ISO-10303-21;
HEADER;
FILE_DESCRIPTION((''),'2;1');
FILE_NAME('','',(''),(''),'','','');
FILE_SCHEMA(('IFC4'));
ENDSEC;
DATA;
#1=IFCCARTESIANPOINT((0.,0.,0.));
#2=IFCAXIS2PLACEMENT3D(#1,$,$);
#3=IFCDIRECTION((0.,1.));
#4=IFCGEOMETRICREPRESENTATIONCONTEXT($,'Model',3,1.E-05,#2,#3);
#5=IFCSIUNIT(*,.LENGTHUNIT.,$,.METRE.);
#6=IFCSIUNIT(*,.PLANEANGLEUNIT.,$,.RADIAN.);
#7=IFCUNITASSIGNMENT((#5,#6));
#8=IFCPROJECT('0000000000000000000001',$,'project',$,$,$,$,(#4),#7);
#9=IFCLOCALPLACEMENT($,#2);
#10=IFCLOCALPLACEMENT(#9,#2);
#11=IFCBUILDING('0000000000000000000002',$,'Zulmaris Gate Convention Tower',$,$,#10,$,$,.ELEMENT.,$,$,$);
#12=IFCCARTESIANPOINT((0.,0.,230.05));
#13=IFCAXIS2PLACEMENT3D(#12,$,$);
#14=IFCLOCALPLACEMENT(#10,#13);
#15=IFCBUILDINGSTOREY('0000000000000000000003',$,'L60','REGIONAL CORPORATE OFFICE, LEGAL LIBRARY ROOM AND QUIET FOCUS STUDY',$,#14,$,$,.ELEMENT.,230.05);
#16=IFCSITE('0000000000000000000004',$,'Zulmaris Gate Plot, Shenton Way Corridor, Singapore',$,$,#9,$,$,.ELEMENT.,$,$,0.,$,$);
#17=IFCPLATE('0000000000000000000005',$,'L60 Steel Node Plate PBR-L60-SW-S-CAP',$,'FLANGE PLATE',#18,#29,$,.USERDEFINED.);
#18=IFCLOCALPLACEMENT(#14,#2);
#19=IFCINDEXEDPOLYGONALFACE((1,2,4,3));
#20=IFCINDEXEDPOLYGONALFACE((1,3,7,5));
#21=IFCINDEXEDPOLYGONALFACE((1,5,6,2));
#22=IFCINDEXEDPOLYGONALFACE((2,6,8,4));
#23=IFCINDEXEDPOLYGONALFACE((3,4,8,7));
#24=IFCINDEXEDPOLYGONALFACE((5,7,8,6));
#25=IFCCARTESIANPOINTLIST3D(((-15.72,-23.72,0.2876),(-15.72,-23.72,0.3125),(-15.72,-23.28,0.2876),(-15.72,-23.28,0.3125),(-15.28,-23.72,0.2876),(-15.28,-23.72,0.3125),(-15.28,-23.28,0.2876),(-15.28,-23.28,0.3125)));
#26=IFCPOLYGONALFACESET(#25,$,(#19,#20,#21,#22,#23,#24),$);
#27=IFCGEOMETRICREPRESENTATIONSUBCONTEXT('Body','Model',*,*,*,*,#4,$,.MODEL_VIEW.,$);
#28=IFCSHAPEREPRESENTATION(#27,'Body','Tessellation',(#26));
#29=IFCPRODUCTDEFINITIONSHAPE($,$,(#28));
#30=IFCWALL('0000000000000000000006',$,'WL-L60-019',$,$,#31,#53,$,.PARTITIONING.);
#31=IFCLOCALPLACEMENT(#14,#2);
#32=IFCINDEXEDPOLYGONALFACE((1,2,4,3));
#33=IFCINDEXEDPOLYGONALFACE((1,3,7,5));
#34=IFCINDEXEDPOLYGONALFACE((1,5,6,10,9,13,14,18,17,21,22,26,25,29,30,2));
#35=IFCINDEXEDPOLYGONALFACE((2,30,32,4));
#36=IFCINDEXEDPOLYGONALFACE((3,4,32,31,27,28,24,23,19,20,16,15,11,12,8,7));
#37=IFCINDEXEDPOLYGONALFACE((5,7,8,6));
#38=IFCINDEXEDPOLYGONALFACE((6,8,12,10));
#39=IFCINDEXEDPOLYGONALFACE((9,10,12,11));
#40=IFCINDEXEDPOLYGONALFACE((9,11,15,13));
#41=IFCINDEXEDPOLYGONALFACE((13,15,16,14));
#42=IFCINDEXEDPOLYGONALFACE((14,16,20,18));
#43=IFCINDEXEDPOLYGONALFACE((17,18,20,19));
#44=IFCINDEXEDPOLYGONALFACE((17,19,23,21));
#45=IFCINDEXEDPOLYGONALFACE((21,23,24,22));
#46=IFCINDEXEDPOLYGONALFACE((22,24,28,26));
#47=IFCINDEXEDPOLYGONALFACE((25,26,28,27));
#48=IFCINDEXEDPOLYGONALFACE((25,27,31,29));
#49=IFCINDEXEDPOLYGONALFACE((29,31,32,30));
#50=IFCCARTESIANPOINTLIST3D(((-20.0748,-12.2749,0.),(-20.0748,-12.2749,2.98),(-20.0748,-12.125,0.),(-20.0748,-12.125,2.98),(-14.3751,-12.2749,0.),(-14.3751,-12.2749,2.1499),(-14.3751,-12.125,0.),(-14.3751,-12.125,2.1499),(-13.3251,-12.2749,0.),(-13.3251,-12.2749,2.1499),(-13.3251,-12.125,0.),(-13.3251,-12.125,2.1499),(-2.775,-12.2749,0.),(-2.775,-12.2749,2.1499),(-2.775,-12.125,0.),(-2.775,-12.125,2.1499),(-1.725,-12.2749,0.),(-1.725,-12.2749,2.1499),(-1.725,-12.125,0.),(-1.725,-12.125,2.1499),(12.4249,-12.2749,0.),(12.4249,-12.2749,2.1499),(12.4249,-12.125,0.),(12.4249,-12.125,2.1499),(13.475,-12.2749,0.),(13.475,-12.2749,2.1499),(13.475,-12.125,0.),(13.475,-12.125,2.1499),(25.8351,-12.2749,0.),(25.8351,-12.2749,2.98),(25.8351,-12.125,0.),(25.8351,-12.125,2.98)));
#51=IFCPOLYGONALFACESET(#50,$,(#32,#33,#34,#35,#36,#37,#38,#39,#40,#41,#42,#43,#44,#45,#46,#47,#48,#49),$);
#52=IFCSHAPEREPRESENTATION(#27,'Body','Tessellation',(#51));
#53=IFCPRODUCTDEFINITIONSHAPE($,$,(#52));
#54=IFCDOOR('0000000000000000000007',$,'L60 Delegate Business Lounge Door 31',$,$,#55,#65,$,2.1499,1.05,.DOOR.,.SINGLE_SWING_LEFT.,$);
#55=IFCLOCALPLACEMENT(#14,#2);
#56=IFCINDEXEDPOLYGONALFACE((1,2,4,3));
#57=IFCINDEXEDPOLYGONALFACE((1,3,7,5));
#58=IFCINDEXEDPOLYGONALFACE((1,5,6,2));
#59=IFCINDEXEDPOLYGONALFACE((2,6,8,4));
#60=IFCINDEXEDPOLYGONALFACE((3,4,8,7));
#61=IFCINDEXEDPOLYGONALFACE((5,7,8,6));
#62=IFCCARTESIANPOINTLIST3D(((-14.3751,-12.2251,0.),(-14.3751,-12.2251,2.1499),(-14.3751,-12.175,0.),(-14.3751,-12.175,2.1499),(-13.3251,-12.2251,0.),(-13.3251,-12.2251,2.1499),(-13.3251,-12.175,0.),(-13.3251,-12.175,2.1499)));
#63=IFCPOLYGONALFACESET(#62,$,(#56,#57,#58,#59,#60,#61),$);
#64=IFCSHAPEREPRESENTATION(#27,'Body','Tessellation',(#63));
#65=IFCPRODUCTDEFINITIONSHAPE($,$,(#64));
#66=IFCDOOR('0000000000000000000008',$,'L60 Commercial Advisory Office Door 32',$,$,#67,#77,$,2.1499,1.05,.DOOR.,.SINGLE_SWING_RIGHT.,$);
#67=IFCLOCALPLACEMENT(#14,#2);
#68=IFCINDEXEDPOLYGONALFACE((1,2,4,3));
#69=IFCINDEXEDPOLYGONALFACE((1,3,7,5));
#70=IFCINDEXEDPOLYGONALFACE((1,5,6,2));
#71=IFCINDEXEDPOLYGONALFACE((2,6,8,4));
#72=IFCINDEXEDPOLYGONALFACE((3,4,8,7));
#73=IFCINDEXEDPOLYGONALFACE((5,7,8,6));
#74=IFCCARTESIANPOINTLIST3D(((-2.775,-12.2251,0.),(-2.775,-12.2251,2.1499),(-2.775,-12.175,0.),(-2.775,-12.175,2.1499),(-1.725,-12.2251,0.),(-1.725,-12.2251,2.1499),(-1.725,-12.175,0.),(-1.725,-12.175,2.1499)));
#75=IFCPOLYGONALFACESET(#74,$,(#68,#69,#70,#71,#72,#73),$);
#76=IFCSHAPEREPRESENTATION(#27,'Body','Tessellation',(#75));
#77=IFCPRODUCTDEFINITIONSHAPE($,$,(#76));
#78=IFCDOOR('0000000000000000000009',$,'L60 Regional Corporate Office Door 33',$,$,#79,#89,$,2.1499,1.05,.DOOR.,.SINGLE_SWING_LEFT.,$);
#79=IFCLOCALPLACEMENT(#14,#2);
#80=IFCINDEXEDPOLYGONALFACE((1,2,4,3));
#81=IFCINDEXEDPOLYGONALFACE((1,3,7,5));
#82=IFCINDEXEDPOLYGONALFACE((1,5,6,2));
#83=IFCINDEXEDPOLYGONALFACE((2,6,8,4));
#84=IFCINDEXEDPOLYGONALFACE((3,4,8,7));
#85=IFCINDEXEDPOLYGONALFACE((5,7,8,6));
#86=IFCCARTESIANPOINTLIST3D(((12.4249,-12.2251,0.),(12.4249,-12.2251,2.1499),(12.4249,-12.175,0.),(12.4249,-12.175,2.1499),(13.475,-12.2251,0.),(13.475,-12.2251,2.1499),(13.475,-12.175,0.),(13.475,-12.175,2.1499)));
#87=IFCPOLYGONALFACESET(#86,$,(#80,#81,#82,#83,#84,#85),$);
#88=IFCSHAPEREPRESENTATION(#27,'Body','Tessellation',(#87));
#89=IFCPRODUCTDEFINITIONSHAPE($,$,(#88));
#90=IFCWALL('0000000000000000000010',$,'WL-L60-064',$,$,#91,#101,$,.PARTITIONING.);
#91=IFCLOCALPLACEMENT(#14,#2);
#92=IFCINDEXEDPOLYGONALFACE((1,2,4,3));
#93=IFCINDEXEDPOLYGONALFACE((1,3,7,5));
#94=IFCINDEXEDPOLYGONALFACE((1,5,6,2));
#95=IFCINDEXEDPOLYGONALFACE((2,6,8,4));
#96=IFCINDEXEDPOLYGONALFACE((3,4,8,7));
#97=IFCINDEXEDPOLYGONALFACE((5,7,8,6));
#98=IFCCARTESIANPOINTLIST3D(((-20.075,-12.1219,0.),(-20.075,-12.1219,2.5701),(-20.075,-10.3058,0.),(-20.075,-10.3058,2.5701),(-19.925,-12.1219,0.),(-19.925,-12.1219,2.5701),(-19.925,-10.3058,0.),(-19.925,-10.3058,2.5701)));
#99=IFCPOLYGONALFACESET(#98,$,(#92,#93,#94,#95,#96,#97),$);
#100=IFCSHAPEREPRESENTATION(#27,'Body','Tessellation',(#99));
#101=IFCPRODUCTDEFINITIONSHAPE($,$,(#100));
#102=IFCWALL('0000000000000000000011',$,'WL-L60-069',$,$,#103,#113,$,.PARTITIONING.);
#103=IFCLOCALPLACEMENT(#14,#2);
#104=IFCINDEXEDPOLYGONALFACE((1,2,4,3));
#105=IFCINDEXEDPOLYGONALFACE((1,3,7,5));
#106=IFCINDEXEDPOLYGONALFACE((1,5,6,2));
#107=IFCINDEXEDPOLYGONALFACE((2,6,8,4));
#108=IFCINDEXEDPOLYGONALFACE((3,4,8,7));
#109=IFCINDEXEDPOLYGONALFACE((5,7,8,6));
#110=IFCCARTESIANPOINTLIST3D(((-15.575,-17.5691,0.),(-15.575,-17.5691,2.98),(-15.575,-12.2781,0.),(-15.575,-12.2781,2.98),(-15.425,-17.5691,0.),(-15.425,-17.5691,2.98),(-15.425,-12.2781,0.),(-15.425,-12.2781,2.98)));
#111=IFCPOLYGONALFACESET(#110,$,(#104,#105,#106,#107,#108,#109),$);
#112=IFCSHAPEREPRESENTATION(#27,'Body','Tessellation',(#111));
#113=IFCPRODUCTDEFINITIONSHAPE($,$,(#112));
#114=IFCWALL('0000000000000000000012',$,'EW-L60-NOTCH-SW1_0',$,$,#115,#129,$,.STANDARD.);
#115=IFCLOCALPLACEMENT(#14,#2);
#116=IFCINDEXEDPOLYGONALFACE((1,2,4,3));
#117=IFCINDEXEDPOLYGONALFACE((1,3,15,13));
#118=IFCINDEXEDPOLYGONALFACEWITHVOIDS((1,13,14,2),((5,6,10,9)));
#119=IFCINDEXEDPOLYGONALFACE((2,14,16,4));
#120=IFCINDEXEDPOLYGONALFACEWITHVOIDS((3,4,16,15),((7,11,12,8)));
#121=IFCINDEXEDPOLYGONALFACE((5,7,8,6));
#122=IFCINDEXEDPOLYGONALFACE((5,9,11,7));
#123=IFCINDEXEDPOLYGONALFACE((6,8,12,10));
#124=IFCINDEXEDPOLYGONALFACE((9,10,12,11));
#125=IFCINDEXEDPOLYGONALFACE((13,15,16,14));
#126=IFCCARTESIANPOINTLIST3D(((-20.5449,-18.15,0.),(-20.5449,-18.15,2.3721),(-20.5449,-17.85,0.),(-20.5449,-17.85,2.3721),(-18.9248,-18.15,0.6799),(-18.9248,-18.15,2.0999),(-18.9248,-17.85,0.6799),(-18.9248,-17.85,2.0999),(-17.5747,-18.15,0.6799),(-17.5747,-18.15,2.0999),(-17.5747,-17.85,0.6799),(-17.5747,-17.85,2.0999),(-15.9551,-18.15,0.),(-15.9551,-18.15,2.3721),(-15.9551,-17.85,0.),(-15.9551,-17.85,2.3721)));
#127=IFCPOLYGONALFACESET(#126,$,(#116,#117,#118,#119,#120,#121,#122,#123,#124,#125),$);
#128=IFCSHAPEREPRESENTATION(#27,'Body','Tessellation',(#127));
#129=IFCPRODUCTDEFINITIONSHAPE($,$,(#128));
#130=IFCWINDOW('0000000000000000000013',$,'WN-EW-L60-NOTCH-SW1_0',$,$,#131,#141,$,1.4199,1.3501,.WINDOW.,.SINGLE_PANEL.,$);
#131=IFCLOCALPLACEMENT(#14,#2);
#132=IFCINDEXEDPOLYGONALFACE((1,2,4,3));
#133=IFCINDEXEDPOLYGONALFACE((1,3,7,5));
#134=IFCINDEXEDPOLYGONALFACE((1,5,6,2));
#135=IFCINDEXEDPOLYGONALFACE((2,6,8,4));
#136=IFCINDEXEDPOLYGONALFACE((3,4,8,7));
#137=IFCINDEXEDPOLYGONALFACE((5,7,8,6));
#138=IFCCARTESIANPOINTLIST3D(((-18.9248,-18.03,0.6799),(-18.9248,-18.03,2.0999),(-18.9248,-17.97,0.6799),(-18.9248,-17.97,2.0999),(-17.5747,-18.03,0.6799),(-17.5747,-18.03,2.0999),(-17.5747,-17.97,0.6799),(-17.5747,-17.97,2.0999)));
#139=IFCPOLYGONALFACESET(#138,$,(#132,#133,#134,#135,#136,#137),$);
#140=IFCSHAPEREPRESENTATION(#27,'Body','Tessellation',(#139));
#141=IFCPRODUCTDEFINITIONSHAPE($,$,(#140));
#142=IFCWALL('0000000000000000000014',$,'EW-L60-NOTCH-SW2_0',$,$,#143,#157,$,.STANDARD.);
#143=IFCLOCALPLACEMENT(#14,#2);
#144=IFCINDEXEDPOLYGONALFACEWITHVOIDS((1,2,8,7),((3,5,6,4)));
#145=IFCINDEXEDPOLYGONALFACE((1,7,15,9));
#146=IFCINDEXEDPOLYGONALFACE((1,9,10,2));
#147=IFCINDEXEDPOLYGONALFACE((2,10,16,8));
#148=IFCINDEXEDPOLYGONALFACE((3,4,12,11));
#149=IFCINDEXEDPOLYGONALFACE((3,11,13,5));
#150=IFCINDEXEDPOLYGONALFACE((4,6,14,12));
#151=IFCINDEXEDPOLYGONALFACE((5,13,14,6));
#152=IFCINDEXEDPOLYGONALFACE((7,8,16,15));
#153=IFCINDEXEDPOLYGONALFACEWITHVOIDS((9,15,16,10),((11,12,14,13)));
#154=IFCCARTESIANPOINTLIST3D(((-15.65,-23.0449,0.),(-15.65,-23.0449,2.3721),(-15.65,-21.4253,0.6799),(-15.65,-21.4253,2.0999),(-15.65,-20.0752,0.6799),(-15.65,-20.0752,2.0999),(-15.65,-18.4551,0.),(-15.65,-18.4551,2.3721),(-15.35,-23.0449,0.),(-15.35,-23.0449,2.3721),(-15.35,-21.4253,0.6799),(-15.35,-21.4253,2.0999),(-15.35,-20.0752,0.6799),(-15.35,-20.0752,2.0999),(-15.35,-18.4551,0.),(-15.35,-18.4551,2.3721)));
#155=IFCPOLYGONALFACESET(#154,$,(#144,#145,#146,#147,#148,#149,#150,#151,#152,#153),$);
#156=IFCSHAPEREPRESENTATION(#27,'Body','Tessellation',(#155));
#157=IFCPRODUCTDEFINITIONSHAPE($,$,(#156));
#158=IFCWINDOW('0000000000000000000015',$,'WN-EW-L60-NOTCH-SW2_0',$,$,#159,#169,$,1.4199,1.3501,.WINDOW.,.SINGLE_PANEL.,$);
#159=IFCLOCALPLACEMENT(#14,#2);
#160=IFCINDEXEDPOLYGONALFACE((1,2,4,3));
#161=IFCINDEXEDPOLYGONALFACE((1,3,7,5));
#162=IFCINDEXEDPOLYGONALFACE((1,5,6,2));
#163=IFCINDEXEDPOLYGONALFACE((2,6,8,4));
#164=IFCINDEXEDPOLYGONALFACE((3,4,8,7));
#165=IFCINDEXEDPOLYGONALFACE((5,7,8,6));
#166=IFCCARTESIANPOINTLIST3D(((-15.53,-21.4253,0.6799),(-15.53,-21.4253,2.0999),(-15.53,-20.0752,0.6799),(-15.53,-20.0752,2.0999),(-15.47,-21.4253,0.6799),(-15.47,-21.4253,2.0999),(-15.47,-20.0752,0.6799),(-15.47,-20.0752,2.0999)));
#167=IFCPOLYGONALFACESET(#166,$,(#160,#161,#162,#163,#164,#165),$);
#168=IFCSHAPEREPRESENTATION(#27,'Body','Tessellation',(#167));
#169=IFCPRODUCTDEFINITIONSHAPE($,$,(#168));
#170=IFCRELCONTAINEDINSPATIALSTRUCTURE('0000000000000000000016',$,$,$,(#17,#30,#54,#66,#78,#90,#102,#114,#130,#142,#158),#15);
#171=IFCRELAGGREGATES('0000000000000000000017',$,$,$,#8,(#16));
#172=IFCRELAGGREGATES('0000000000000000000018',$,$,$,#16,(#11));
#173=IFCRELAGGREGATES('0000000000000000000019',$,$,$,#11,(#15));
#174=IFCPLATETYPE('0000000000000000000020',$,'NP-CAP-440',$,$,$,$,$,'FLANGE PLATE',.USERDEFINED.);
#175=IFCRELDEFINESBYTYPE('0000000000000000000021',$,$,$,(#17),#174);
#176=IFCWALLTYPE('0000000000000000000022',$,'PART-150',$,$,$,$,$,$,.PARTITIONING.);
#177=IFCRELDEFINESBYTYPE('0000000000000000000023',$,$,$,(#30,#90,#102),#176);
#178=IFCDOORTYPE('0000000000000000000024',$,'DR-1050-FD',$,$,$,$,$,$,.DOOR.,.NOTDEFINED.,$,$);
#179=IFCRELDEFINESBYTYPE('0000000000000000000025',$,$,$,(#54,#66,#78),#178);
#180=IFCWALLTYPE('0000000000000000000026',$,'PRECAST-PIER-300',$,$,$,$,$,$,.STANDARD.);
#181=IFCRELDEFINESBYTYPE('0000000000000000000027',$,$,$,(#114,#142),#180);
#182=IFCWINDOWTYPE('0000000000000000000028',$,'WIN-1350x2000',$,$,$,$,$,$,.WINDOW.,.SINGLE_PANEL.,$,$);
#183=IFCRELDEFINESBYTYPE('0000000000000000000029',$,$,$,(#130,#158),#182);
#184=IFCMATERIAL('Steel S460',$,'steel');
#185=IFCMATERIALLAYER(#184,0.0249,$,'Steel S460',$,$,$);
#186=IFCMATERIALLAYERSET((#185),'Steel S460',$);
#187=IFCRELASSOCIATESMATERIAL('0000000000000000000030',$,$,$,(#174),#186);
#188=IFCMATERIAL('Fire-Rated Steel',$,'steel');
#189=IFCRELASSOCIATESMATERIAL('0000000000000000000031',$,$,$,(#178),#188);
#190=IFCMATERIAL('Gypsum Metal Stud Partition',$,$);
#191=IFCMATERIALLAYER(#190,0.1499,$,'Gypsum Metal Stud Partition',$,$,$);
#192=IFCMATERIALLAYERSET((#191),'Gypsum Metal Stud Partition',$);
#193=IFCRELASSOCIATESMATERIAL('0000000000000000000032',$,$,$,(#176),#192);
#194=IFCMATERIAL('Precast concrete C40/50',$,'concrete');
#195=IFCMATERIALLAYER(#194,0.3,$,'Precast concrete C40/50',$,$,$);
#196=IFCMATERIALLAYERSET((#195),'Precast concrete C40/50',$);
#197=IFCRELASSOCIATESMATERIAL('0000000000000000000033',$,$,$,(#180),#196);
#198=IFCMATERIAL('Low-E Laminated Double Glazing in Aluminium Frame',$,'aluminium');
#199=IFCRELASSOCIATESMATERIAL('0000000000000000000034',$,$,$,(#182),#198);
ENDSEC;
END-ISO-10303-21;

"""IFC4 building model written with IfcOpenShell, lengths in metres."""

from ifc_helpers import new_model, si_unit, direction, frame, frame_2d, origin, origin_2d, place, context, subcontext, project, spatial, rectangle, extrude, material, layer, layer_set, type_object, element, fill, save


model = new_model("IFC4")

# Units and contexts
model_context = context("Model", 3, precision=1e-05, world=origin(), true_north=direction((0.0, 1.0)))
body_context = subcontext(model_context, "Body", "Model", "MODEL_VIEW")
ifc_project = project(units=[si_unit("LENGTHUNIT", "METRE"), si_unit("PLANEANGLEUNIT", "RADIAN")], contexts=[model_context])

# Site, building, storey
site_placement = place(None, origin())
site = spatial("IfcSite", under=ifc_project, at=site_placement, Name="Zulmaris Gate Plot, Shenton Way Corridor, Singapore", CompositionType="ELEMENT", RefElevation=0.0)
building_placement = place(site_placement, origin())
building = spatial("IfcBuilding", under=site, at=building_placement, Name="Zulmaris Gate Convention Tower", CompositionType="ELEMENT")
storey_placement = place(building_placement, frame((0.0, 0.0, 230.05)))
storey = spatial("IfcBuildingStorey", under=building, at=storey_placement, Name="L60", Description="REGIONAL CORPORATE OFFICE, LEGAL LIBRARY ROOM AND QUIET FOCUS STUDY", CompositionType="ELEMENT", Elevation=230.05)

# Plate
ifc_material_1 = material(Name="Steel S460", Category="steel")
ifc_layer_1 = layer(ifc_material_1, 0.0249, Name="Steel S460")
ifc_layer_set_1 = layer_set([ifc_layer_1], Name="Steel S460")
plate_type = type_object("IfcPlateType", Name="NP-CAP-440", ElementType="FLANGE PLATE", PredefinedType="USERDEFINED", material=ifc_layer_set_1)
for number, where, z_axis, x_axis, name in (
    (1, (-15.5, -23.5, 0.2876), (0.0, 0.0, 1.0), (1.0, 0.0, 0.0), "L60 Steel Node Plate PBR-L60-SW-S-CAP"),
):
    element("IfcPlate", number, at=place(storey_placement, frame(where, z_axis=z_axis, x_axis=x_axis)), inside=storey, type_object=plate_type, Name=name, ObjectType="FLANGE PLATE", PredefinedType="USERDEFINED", context=body_context, shape_type="SweptSolid", body=[
        extrude(rectangle(XDim=0.4399, YDim=0.4399, at=origin_2d()), origin(), (0.0, 0.0, 1.0), 0.0249),
    ])

# Shared definitions
ifc_material_2 = material(Name="Fire-Rated Steel", Category="steel")
door_type = type_object("IfcDoorType", Name="DR-1050-FD", OperationType="NOTDEFINED", PredefinedType="DOOR", material=ifc_material_2)

# Wall, openings, doors
ifc_material_3 = material(Name="Gypsum Metal Stud Partition")
ifc_layer_2 = layer(ifc_material_3, 0.1499, Name="Gypsum Metal Stud Partition")
ifc_layer_set_2 = layer_set([ifc_layer_2], Name="Gypsum Metal Stud Partition")
wall_type_1 = type_object("IfcWallType", Name="PART-150", PredefinedType="PARTITIONING", material=ifc_layer_set_2)
wall_1_placement = place(storey_placement, frame((-20.075, -12.2, 0.0), z_axis=(0.0, 0.0, 1.0), x_axis=(1.0, 0.0, 0.0)))
wall_1 = element("IfcWall", 2, at=wall_1_placement, inside=storey, type_object=wall_type_1, Name="WL-L60-019", PredefinedType="PARTITIONING", context=body_context, shape_type="SweptSolid", body=[
    extrude(rectangle(XDim=45.9099, YDim=0.1499, at=frame_2d((22.9551, 0.0))), origin(), (0.0, 0.0, 1.0), 2.98),
])
opening_1_placement = place(wall_1_placement, frame((5.7, 0.0, 0.0)))
opening_1 = element("IfcOpeningElement", 3, at=opening_1_placement, cuts=wall_1, PredefinedType="OPENING", context=body_context, shape_type="SweptSolid", body=[
    extrude(rectangle(XDim=1.05, YDim=2.1499, at=frame_2d((0.5249, 1.075))), frame((0.0, 0.085, 0.0), z_axis=(0.0, -1.0, 0.0), x_axis=(1.0, 0.0, 0.0)), (0.0, 0.0, 1.0), 0.1699),
])
opening_2_placement = place(wall_1_placement, frame((17.3, 0.0, 0.0)))
opening_2 = element("IfcOpeningElement", 4, at=opening_2_placement, cuts=wall_1, PredefinedType="OPENING", context=body_context, shape_type="SweptSolid", body=[
    extrude(rectangle(XDim=1.05, YDim=2.1499, at=frame_2d((0.5249, 1.075))), frame((0.0, 0.085, 0.0), z_axis=(0.0, -1.0, 0.0), x_axis=(1.0, 0.0, 0.0)), (0.0, 0.0, 1.0), 0.1699),
])
opening_3_placement = place(wall_1_placement, frame((32.5, 0.0, 0.0)))
opening_3 = element("IfcOpeningElement", 5, at=opening_3_placement, cuts=wall_1, PredefinedType="OPENING", context=body_context, shape_type="SweptSolid", body=[
    extrude(rectangle(XDim=1.05, YDim=2.1499, at=frame_2d((0.5249, 1.075))), frame((0.0, 0.085, 0.0), z_axis=(0.0, -1.0, 0.0), x_axis=(1.0, 0.0, 0.0)), (0.0, 0.0, 1.0), 0.1699),
])
door_1_placement = place(opening_1_placement, origin())
door_1 = element("IfcDoor", 6, at=door_1_placement, inside=storey, type_object=door_type, Name="L60 Delegate Business Lounge Door 31", OperationType="SINGLE_SWING_LEFT", OverallHeight=2.1499, OverallWidth=1.05, PredefinedType="DOOR", context=body_context, shape_type="SweptSolid", body=[
    extrude(rectangle(XDim=1.05, YDim=2.1499, at=frame_2d((0.5249, 1.075))), frame((0.0, 0.0249, 0.0), z_axis=(0.0, -1.0, 0.0), x_axis=(1.0, 0.0, 0.0)), (0.0, 0.0, 1.0), 0.05),
])
fill(opening_1, door_1)
door_2_placement = place(opening_2_placement, origin())
door_2 = element("IfcDoor", 7, at=door_2_placement, inside=storey, type_object=door_type, Name="L60 Commercial Advisory Office Door 32", OperationType="SINGLE_SWING_RIGHT", OverallHeight=2.1499, OverallWidth=1.05, PredefinedType="DOOR", context=body_context, shape_type="SweptSolid", body=[
    extrude(rectangle(XDim=1.05, YDim=2.1499, at=frame_2d((0.5249, 1.075))), frame((0.0, 0.0249, 0.0), z_axis=(0.0, -1.0, 0.0), x_axis=(1.0, 0.0, 0.0)), (0.0, 0.0, 1.0), 0.05),
])
fill(opening_2, door_2)
door_3_placement = place(opening_3_placement, origin())
door_3 = element("IfcDoor", 8, at=door_3_placement, inside=storey, type_object=door_type, Name="L60 Regional Corporate Office Door 33", OperationType="SINGLE_SWING_LEFT", OverallHeight=2.1499, OverallWidth=1.05, PredefinedType="DOOR", context=body_context, shape_type="SweptSolid", body=[
    extrude(rectangle(XDim=1.05, YDim=2.1499, at=frame_2d((0.5249, 1.075))), frame((0.0, 0.0249, 0.0), z_axis=(0.0, -1.0, 0.0), x_axis=(1.0, 0.0, 0.0)), (0.0, 0.0, 1.0), 0.05),
])
fill(opening_3, door_3)

# Walls
wall_2_placement = place(storey_placement, frame((-20.0, -12.1221, 0.0), z_axis=(0.0, 0.0, 1.0), x_axis=(0.0, 1.0, 0.0)))
element("IfcWall", 9, at=wall_2_placement, inside=storey, type_object=wall_type_1, Name="WL-L60-064", PredefinedType="PARTITIONING", context=body_context, shape_type="SweptSolid", body=[
    extrude(rectangle(XDim=1.8162, YDim=0.1499, at=frame_2d((0.9082, 0.0))), origin(), (0.0, 0.0, 1.0), 2.5701),
])
wall_3_placement = place(storey_placement, frame((-15.5, -17.5691, 0.0), z_axis=(0.0, 0.0, 1.0), x_axis=(0.0, 1.0, 0.0)))
element("IfcWall", 10, at=wall_3_placement, inside=storey, type_object=wall_type_1, Name="WL-L60-069", PredefinedType="PARTITIONING", context=body_context, shape_type="SweptSolid", body=[
    extrude(rectangle(XDim=5.291, YDim=0.1499, at=frame_2d((2.6455, 0.0))), origin(), (0.0, 0.0, 1.0), 2.98),
])

# Walls, openings, windows
ifc_material_4 = material(Name="Precast concrete C40/50", Category="concrete")
ifc_layer_3 = layer(ifc_material_4, 0.3, Name="Precast concrete C40/50")
ifc_layer_set_3 = layer_set([ifc_layer_3], Name="Precast concrete C40/50")
wall_type_2 = type_object("IfcWallType", Name="PRECAST-PIER-300", PredefinedType="STANDARD", material=ifc_layer_set_3)
wall_4_placement = place(storey_placement, frame((-20.5449, -18.0, 0.0), z_axis=(0.0, 0.0, 1.0), x_axis=(1.0, 0.0, 0.0)))
wall_4 = element("IfcWall", 11, at=wall_4_placement, inside=storey, type_object=wall_type_2, Name="EW-L60-NOTCH-SW1_0", PredefinedType="STANDARD", context=body_context, shape_type="SweptSolid", body=[
    extrude(rectangle(XDim=4.5898, YDim=0.3, at=frame_2d((2.2949, 0.0))), origin(), (0.0, 0.0, 1.0), 2.3721),
])
opening_4_placement = place(wall_4_placement, frame((1.6201, 0.0, 0.6799)))
opening_4 = element("IfcOpeningElement", 12, at=opening_4_placement, cuts=wall_4, PredefinedType="OPENING", context=body_context, shape_type="SweptSolid", body=[
    extrude(rectangle(XDim=1.3501, YDim=1.4199, at=frame_2d((0.675, 0.71))), frame((0.0, 0.1602, 0.0), z_axis=(0.0, -1.0, 0.0), x_axis=(1.0, 0.0, 0.0)), (0.0, 0.0, 1.0), 0.3201),
])
ifc_material_5 = material(Name="Low-E Laminated Double Glazing in Aluminium Frame", Category="aluminium")
window_type = type_object("IfcWindowType", Name="WIN-1350x2000", PartitioningType="SINGLE_PANEL", PredefinedType="WINDOW", material=ifc_material_5)
window_1_placement = place(opening_4_placement, origin())
window_1 = element("IfcWindow", 13, at=window_1_placement, inside=storey, type_object=window_type, Name="WN-EW-L60-NOTCH-SW1_0", OverallHeight=1.4199, OverallWidth=1.3501, PartitioningType="SINGLE_PANEL", PredefinedType="WINDOW", context=body_context, shape_type="SweptSolid", body=[
    extrude(rectangle(XDim=1.3501, YDim=1.4199, at=frame_2d((0.675, 0.71))), frame((0.0, 0.03, 0.0), z_axis=(0.0, -1.0, 0.0), x_axis=(1.0, 0.0, 0.0)), (0.0, 0.0, 1.0), 0.0601),
])
fill(opening_4, window_1)
wall_5_placement = place(storey_placement, frame((-15.5, -18.4551, 0.0), z_axis=(0.0, 0.0, 1.0), x_axis=(0.0, -1.0, 0.0)))
wall_5 = element("IfcWall", 14, at=wall_5_placement, inside=storey, type_object=wall_type_2, Name="EW-L60-NOTCH-SW2_0", PredefinedType="STANDARD", context=body_context, shape_type="SweptSolid", body=[
    extrude(rectangle(XDim=4.5898, YDim=0.3, at=frame_2d((2.2949, 0.0))), origin(), (0.0, 0.0, 1.0), 2.3721),
])
opening_5_placement = place(wall_5_placement, frame((1.6201, 0.0, 0.6799)))
opening_5 = element("IfcOpeningElement", 15, at=opening_5_placement, cuts=wall_5, PredefinedType="OPENING", context=body_context, shape_type="SweptSolid", body=[
    extrude(rectangle(XDim=1.3501, YDim=1.4199, at=frame_2d((0.675, 0.71))), frame((0.0, 0.1602, 0.0), z_axis=(0.0, -1.0, 0.0), x_axis=(1.0, 0.0, 0.0)), (0.0, 0.0, 1.0), 0.3201),
])
window_2_placement = place(opening_5_placement, origin())
window_2 = element("IfcWindow", 16, at=window_2_placement, inside=storey, type_object=window_type, Name="WN-EW-L60-NOTCH-SW2_0", OverallHeight=1.4199, OverallWidth=1.3501, PartitioningType="SINGLE_PANEL", PredefinedType="WINDOW", context=body_context, shape_type="SweptSolid", body=[
    extrude(rectangle(XDim=1.3501, YDim=1.4199, at=frame_2d((0.675, 0.71))), frame((0.0, 0.03, 0.0), z_axis=(0.0, -1.0, 0.0), x_axis=(1.0, 0.0, 0.0)), (0.0, 0.0, 1.0), 0.0601),
])
fill(opening_5, window_2)

save(model, "model.ifc")
